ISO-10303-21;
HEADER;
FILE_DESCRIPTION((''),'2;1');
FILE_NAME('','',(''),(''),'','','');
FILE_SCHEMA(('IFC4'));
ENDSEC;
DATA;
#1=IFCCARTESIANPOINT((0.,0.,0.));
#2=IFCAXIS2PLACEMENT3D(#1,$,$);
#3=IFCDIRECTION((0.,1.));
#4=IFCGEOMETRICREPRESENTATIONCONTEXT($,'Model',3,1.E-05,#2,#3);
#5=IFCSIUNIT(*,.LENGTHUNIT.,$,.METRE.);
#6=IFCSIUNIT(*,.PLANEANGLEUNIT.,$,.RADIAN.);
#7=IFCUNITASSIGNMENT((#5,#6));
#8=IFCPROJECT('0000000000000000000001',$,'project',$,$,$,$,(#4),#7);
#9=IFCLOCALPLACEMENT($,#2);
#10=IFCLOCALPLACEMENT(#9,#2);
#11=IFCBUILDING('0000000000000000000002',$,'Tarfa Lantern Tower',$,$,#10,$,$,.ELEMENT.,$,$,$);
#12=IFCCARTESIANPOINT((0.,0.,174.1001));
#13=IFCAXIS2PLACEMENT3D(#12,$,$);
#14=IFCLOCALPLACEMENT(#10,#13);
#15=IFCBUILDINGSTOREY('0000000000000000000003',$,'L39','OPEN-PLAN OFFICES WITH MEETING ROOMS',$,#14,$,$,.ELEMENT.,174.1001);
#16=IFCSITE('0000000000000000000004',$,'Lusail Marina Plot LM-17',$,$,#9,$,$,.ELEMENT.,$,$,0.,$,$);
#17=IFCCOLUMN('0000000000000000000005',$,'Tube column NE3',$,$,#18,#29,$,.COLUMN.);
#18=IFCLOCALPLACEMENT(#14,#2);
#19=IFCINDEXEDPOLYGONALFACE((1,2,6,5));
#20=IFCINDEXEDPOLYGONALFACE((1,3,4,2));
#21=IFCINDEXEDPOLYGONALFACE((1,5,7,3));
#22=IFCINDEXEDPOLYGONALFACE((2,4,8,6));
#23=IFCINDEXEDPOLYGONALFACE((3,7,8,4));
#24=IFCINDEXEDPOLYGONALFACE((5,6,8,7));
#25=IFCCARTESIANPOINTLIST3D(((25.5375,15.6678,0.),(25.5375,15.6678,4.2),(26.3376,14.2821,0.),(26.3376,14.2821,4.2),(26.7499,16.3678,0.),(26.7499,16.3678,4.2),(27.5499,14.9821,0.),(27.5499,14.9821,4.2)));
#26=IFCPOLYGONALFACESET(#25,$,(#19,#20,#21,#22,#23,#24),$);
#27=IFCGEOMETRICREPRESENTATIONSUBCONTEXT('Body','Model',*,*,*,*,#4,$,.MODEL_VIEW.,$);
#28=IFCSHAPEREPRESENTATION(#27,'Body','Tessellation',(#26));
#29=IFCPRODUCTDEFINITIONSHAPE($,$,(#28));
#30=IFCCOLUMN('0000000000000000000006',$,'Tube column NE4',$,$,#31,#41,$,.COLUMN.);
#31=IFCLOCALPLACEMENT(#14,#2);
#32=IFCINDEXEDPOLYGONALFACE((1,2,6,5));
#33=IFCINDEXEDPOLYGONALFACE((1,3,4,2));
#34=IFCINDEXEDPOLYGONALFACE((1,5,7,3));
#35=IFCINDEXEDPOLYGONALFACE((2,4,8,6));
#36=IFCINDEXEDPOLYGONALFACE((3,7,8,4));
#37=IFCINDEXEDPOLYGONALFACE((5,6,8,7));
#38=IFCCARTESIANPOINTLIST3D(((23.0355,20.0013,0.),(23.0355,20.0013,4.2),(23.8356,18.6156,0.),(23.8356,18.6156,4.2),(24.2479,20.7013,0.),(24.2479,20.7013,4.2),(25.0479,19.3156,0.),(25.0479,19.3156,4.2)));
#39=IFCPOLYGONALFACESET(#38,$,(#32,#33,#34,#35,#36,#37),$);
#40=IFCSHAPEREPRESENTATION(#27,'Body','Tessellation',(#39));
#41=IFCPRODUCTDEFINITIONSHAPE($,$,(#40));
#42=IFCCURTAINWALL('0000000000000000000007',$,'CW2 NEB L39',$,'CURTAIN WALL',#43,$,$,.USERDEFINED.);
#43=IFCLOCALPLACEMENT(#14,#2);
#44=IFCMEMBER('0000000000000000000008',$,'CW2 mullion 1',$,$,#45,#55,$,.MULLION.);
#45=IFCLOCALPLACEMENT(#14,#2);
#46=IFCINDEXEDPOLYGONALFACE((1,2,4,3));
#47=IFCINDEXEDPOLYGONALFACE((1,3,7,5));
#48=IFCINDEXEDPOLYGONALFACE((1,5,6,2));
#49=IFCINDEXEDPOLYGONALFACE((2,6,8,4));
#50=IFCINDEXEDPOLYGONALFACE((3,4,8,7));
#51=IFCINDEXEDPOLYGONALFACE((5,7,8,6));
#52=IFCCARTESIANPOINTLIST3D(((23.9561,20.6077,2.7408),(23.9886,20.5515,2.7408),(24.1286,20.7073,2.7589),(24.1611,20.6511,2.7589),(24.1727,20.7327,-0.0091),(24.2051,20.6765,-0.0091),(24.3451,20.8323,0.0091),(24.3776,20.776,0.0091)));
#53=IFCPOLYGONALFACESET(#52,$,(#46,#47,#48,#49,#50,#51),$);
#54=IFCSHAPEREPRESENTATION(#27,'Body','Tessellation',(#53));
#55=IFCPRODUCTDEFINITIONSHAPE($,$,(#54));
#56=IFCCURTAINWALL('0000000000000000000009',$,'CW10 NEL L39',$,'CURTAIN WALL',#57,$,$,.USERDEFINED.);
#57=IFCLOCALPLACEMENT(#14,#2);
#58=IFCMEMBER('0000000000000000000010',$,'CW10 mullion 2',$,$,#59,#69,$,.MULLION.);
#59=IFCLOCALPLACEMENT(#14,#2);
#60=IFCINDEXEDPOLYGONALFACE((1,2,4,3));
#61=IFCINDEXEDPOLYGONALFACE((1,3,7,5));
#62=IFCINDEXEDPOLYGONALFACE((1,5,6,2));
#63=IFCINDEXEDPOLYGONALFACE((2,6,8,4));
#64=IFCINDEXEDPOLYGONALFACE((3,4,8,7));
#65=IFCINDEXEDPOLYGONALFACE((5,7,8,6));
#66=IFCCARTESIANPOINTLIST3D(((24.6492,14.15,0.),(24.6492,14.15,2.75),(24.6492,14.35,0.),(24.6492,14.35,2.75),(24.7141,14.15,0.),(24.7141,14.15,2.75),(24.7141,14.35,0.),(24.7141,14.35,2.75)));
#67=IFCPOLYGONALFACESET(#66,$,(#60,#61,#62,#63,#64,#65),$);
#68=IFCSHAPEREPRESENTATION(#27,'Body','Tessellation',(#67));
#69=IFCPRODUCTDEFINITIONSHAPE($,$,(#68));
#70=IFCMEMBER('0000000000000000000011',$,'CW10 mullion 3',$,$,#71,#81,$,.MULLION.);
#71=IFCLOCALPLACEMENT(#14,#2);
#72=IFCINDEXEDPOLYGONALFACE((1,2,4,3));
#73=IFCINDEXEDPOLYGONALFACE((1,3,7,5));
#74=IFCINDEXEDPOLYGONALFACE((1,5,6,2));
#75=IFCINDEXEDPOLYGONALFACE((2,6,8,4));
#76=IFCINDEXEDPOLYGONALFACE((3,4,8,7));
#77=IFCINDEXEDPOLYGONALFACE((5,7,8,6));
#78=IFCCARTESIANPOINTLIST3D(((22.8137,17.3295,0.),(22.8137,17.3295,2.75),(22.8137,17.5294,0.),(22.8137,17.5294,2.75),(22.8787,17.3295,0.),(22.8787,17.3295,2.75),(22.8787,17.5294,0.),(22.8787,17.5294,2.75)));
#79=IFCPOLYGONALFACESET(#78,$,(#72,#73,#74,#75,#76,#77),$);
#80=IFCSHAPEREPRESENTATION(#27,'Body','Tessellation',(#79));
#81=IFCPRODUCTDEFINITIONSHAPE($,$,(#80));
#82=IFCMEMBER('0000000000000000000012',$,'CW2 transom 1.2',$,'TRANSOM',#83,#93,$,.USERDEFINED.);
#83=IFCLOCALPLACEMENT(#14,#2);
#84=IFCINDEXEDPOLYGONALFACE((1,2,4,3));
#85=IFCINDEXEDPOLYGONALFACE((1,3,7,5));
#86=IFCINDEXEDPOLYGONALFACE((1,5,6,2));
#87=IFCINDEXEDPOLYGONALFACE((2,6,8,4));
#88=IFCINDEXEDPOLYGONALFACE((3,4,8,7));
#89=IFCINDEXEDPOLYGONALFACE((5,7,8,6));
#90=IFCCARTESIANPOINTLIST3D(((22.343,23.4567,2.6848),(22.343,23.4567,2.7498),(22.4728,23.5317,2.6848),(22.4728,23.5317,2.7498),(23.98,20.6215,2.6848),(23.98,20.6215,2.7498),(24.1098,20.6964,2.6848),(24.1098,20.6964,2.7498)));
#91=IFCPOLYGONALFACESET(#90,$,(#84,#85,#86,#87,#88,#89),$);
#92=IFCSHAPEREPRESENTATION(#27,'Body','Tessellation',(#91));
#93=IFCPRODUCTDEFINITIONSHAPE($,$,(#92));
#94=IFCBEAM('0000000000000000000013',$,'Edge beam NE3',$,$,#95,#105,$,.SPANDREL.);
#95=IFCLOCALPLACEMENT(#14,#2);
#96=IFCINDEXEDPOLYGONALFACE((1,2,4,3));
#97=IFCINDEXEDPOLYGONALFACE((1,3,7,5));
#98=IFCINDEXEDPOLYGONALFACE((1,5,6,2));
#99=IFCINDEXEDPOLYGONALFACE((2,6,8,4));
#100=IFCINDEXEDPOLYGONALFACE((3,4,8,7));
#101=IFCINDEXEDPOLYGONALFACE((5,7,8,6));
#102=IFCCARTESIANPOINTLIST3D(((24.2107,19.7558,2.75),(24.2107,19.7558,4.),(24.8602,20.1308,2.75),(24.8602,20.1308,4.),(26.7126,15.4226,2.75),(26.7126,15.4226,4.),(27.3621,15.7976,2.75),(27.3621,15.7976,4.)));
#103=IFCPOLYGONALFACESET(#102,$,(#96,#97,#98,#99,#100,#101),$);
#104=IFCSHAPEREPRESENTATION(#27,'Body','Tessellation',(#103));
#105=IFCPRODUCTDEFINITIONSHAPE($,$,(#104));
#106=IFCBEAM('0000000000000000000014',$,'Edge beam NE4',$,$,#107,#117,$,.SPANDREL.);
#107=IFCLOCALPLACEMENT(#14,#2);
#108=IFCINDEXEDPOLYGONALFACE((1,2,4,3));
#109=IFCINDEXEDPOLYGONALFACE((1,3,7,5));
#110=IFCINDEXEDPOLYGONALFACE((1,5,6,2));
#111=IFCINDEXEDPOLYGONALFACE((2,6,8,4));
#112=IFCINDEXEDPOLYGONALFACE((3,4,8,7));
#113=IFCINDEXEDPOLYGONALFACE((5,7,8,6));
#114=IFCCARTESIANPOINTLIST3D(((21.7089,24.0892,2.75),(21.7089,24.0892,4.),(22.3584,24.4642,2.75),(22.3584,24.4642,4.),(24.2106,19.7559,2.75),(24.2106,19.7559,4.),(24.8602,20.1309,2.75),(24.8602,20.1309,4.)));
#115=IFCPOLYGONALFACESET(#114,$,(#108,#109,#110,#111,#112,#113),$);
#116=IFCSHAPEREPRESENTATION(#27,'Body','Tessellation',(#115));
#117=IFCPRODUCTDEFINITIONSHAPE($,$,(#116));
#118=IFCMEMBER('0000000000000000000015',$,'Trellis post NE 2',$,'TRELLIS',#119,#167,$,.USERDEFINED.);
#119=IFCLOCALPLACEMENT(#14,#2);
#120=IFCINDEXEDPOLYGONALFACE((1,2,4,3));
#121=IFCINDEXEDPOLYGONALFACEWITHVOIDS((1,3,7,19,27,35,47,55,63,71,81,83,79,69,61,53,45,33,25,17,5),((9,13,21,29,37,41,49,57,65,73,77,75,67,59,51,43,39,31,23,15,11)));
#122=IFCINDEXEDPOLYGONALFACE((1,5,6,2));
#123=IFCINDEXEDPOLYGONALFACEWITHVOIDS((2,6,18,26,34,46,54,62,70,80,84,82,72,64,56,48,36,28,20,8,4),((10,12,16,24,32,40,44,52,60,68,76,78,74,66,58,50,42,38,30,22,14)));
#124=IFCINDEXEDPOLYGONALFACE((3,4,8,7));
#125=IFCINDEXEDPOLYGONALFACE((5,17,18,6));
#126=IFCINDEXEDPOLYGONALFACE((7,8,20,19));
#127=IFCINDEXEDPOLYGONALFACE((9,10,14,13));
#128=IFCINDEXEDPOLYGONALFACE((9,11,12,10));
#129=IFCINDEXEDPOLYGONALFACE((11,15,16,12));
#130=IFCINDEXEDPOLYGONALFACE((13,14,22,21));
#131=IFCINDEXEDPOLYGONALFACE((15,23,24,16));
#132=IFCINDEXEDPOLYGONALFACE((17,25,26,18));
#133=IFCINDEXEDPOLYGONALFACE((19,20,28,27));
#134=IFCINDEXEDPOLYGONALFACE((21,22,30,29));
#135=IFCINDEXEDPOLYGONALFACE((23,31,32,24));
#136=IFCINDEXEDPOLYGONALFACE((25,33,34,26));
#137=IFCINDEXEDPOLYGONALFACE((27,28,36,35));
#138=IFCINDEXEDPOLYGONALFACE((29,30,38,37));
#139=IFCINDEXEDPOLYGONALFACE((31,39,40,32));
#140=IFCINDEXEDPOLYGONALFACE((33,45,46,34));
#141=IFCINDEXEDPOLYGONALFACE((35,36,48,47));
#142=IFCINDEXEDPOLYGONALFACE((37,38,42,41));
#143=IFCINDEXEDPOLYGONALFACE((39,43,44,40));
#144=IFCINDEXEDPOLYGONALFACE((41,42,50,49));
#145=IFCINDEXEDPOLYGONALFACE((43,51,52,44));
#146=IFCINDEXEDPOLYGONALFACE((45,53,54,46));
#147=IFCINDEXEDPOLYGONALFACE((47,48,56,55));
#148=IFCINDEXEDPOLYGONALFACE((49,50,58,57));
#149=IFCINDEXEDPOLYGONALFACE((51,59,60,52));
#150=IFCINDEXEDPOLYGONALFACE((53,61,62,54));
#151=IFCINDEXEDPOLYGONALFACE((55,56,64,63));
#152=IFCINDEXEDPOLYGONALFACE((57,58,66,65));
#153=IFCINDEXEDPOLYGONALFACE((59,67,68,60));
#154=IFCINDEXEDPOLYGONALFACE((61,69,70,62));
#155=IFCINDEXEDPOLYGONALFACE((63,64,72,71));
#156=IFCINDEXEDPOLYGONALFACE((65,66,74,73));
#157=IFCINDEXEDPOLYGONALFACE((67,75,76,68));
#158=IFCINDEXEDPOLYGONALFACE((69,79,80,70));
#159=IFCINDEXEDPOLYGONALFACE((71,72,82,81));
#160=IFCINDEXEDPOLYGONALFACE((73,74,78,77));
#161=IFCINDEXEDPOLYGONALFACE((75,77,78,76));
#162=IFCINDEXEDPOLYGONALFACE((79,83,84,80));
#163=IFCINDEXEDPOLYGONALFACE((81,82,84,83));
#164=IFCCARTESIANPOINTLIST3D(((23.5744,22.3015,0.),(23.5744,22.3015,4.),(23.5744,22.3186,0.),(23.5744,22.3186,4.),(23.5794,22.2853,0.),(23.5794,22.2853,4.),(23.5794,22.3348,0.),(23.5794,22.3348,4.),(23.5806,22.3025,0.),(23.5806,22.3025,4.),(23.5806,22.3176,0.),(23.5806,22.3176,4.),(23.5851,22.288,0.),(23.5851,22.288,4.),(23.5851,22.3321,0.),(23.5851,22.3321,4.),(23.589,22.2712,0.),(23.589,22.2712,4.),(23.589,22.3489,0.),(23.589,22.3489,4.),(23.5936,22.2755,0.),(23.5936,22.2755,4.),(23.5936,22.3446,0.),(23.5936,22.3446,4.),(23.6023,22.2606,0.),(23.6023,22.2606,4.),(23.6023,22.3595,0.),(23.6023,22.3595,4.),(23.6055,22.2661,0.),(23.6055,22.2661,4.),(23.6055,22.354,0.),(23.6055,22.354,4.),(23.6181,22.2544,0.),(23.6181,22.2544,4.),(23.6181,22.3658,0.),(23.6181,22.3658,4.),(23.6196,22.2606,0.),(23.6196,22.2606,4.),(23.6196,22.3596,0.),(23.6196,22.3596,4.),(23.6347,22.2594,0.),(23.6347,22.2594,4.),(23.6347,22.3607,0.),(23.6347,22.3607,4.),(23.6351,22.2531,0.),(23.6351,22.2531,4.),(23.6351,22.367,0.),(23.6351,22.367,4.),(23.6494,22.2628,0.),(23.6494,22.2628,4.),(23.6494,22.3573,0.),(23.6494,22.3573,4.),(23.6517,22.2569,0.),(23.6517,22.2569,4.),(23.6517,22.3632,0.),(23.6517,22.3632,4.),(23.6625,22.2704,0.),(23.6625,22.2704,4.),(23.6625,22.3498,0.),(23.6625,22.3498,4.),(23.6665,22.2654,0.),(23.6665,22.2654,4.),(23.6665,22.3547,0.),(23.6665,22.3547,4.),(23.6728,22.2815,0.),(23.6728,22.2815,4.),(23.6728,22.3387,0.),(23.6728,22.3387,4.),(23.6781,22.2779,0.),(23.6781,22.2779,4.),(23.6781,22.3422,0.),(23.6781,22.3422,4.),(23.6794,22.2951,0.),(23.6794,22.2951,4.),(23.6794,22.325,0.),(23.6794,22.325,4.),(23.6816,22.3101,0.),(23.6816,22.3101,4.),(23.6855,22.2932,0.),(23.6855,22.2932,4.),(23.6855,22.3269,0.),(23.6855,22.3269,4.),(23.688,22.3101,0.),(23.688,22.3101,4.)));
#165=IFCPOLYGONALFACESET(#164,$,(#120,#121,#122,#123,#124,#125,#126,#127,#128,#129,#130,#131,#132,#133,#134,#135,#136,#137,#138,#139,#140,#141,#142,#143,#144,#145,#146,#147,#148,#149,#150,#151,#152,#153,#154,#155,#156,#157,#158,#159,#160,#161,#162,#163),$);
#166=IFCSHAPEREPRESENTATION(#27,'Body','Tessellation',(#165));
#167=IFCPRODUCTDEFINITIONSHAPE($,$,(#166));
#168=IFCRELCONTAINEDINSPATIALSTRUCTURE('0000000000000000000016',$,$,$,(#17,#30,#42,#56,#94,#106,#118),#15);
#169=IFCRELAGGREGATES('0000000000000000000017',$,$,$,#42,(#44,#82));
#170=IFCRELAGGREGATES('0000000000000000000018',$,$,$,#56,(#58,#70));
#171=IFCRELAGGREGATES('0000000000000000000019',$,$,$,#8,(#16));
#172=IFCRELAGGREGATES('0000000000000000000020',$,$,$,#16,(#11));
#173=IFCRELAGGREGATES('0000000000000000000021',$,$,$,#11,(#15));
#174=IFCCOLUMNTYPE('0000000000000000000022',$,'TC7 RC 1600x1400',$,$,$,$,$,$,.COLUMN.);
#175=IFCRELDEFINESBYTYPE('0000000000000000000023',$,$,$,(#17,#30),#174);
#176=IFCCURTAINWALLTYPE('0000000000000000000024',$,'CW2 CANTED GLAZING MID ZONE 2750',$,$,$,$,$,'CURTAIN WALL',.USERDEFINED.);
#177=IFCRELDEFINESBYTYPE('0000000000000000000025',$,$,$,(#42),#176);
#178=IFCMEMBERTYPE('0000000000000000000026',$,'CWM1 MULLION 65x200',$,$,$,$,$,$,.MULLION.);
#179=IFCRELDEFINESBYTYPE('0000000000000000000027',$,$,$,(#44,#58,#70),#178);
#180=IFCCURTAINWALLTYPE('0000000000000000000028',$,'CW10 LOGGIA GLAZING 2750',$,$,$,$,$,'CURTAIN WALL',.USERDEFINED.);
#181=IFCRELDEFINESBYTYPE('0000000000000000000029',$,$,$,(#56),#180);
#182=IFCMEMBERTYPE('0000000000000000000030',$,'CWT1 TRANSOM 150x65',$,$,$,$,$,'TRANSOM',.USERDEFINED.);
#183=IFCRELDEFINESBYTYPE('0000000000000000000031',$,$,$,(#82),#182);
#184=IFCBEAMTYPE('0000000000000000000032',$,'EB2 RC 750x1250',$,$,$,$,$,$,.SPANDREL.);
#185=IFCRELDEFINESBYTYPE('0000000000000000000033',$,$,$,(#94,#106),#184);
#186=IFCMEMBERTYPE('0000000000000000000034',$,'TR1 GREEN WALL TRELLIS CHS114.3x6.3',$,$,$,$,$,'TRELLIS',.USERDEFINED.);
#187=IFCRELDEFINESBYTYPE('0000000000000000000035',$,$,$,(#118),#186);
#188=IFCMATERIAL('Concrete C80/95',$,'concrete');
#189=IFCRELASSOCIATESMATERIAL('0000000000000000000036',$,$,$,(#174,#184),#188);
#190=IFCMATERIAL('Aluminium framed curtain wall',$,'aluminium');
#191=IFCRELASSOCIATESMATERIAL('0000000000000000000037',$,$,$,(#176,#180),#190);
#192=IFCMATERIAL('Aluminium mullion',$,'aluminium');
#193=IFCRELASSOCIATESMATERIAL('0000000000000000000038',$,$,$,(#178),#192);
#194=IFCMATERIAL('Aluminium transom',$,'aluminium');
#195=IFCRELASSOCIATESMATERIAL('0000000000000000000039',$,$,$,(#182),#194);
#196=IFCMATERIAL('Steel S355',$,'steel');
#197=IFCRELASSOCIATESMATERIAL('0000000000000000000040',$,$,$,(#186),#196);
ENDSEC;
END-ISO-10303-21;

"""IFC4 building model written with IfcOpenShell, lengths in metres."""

from ifc_helpers import new_model, si_unit, direction, frame, origin, origin_2d, place, context, subcontext, project, spatial, rectangle, hollow_circle, extrude, material, material_profile, profile_set, type_object, element, aggregate, save


model = new_model("IFC4")

# Units and contexts
model_context = context("Model", 3, precision=1e-05, world=origin(), true_north=direction((0.0, 1.0)))
body_context = subcontext(model_context, "Body", "Model", "MODEL_VIEW")
ifc_project = project(units=[si_unit("LENGTHUNIT", "METRE"), si_unit("PLANEANGLEUNIT", "RADIAN")], contexts=[model_context])

# Site, building, storey
site_placement = place(None, origin())
site = spatial("IfcSite", under=ifc_project, at=site_placement, Name="Lusail Marina Plot LM-17", CompositionType="ELEMENT", RefElevation=0.0)
building_placement = place(site_placement, origin())
building = spatial("IfcBuilding", under=site, at=building_placement, Name="Tarfa Lantern Tower", CompositionType="ELEMENT")
storey_placement = place(building_placement, frame((0.0, 0.0, 174.1001)))
storey = spatial("IfcBuildingStorey", under=building, at=storey_placement, Name="L39", Description="OPEN-PLAN OFFICES WITH MEETING ROOMS", CompositionType="ELEMENT", Elevation=174.1001)

# Columns
ifc_material_1 = material(Name="Concrete C80/95", Category="concrete")
ifc_material_profile_1 = material_profile(ifc_material_1, rectangle(XDim=1.6001, YDim=1.3999, at=origin_2d()), Name="RC 1600x1400")
ifc_profile_set_1 = profile_set([ifc_material_profile_1], Name="Concrete C80/95")
column_type = type_object("IfcColumnType", Name="TC7 RC 1600x1400", PredefinedType="COLUMN", material=ifc_profile_set_1)
for number, where, z_axis, x_axis, name in (
    (1, (26.5437, 15.325, 0.0), (0.0, 0.0, 1.0), (-0.5, 0.866025, 0.0), "Tube column NE3"),
    (2, (24.0417, 19.6584, 0.0), (0.0, 0.0, 1.0), (-0.5, 0.866025, 0.0), "Tube column NE4"),
):
    element("IfcColumn", number, at=place(storey_placement, frame(where, z_axis=z_axis, x_axis=x_axis)), inside=storey, type_object=column_type, Name=name, PredefinedType="COLUMN", context=body_context, shape_type="SweptSolid", body=[
        extrude(rectangle(XDim=1.6001, YDim=1.3999, at=origin_2d()), origin(), (0.0, 0.0, 1.0), 4.2),
    ])

# Curtain wall, member
ifc_material_2 = material(Name="Aluminium framed curtain wall", Category="aluminium")
curtain_wall_type_1 = type_object("IfcCurtainWallType", Name="CW2 CANTED GLAZING MID ZONE 2750", ElementType="CURTAIN WALL", PredefinedType="USERDEFINED", material=ifc_material_2)
curtain_wall_1_placement = place(storey_placement, origin())
curtain_wall_1 = element("IfcCurtainWall", 3, at=curtain_wall_1_placement, inside=storey, type_object=curtain_wall_type_1, Name="CW2 NEB L39", ObjectType="CURTAIN WALL", PredefinedType="USERDEFINED")
ifc_material_3 = material(Name="Aluminium mullion", Category="aluminium")
ifc_material_profile_2 = material_profile(ifc_material_3, rectangle(XDim=0.0649, YDim=0.2, at=origin_2d()), Name="AL MULLION 65x200")
ifc_profile_set_2 = profile_set([ifc_material_profile_2], Name="Aluminium mullion")
member_type_1 = type_object("IfcMemberType", Name="CWM1 MULLION 65x200", PredefinedType="MULLION", material=ifc_profile_set_2)
member_1_placement = place(storey_placement, frame((24.2751, 20.7544, 0.0), z_axis=(-0.078423, -0.045268, 0.995892), x_axis=(0.49992, -0.866072, 0.0)))
member_1 = element("IfcMember", 4, at=member_1_placement, type_object=member_type_1, Name="CW2 mullion 1", PredefinedType="MULLION", context=body_context, shape_type="SweptSolid", body=[
    extrude(rectangle(XDim=0.0649, YDim=0.2, at=origin_2d()), origin(), (0.0, 0.0, 1.0), 2.7612),
])

# Curtain wall, members
curtain_wall_type_2 = type_object("IfcCurtainWallType", Name="CW10 LOGGIA GLAZING 2750", ElementType="CURTAIN WALL", PredefinedType="USERDEFINED", material=ifc_material_2)
curtain_wall_2_placement = place(storey_placement, origin())
curtain_wall_2 = element("IfcCurtainWall", 5, at=curtain_wall_2_placement, inside=storey, type_object=curtain_wall_type_2, Name="CW10 NEL L39", ObjectType="CURTAIN WALL", PredefinedType="USERDEFINED")
member_2_placement = place(storey_placement, frame((24.6816, 14.25, 0.0), z_axis=(0.0, 0.0, 1.0), x_axis=(1.0, 0.0, 0.0)))
member_2 = element("IfcMember", 6, at=member_2_placement, type_object=member_type_1, Name="CW10 mullion 2", PredefinedType="MULLION", context=body_context, shape_type="SweptSolid", body=[
    extrude(rectangle(XDim=0.0649, YDim=0.2, at=origin_2d()), origin(), (0.0, 0.0, 1.0), 2.75),
])
member_3_placement = place(storey_placement, frame((22.8462, 17.4294, 0.0), z_axis=(0.0, 0.0, 1.0), x_axis=(1.0, 0.0, 0.0)))
member_3 = element("IfcMember", 7, at=member_3_placement, type_object=member_type_1, Name="CW10 mullion 3", PredefinedType="MULLION", context=body_context, shape_type="SweptSolid", body=[
    extrude(rectangle(XDim=0.0649, YDim=0.2, at=origin_2d()), origin(), (0.0, 0.0, 1.0), 2.75),
])

# Member
ifc_material_4 = material(Name="Aluminium transom", Category="aluminium")
ifc_material_profile_3 = material_profile(ifc_material_4, rectangle(XDim=0.1499, YDim=0.0649, at=origin_2d()), Name="AL TRANSOM 150x65")
ifc_profile_set_3 = profile_set([ifc_material_profile_3], Name="Aluminium transom")
member_type_2 = type_object("IfcMemberType", Name="CWT1 TRANSOM 150x65", ElementType="TRANSOM", PredefinedType="USERDEFINED", material=ifc_profile_set_3)
member_4_placement = place(storey_placement, frame((24.0449, 20.6589, 2.7173), z_axis=(-0.500013, 0.866018, 0.0), x_axis=(-0.866018, -0.500013, 0.0)))
member_4 = element("IfcMember", 8, at=member_4_placement, type_object=member_type_2, Name="CW2 transom 1.2", ObjectType="TRANSOM", PredefinedType="USERDEFINED", context=body_context, shape_type="SweptSolid", body=[
    extrude(rectangle(XDim=0.1499, YDim=0.0649, at=origin_2d()), origin(), (0.0, 0.0, 1.0), 3.2739),
])

# Beams
ifc_material_profile_4 = material_profile(ifc_material_1, rectangle(XDim=0.75, YDim=1.25, at=origin_2d()), Name="RC 750x1250")
ifc_profile_set_4 = profile_set([ifc_material_profile_4], Name="Concrete C80/95")
beam_type_1 = type_object("IfcBeamType", Name="EB2 RC 750x1250", PredefinedType="SPANDREL", material=ifc_profile_set_4)
for number, where, z_axis, x_axis, name in (
    (9, (27.0374, 15.6101, 3.375), (-0.500022, 0.866013, 0.0), (-0.866013, -0.500022, 0.0), "Edge beam NE3"),
    (10, (24.5354, 19.9434, 3.375), (-0.499986, 0.866034, 0.0), (-0.866034, -0.499986, 0.0), "Edge beam NE4"),
):
    element("IfcBeam", number, at=place(storey_placement, frame(where, z_axis=z_axis, x_axis=x_axis)), inside=storey, type_object=beam_type_1, Name=name, PredefinedType="SPANDREL", context=body_context, shape_type="SweptSolid", body=[
        extrude(rectangle(XDim=0.75, YDim=1.25, at=origin_2d()), origin(), (0.0, 0.0, 1.0), 5.0037),
    ])

# Member
ifc_material_5 = material(Name="Steel S355", Category="steel")
ifc_material_profile_5 = material_profile(ifc_material_5, hollow_circle(Radius=0.0571, WallThickness=0.0063, at=origin_2d()), Name="CHS114.3x6.3")
ifc_profile_set_5 = profile_set([ifc_material_profile_5], Name="Steel S355")
member_type_3 = type_object("IfcMemberType", Name="TR1 GREEN WALL TRELLIS CHS114.3x6.3", ElementType="TRELLIS", PredefinedType="USERDEFINED", material=ifc_profile_set_5)
member_5_placement = place(storey_placement, frame((23.6309, 22.3101, 0.0), z_axis=(0.0, 0.0, 1.0), x_axis=(1.0, 0.0, 0.0)))
element("IfcMember", 11, at=member_5_placement, inside=storey, type_object=member_type_3, Name="Trellis post NE 2", ObjectType="TRELLIS", PredefinedType="USERDEFINED", context=body_context, shape_type="SweptSolid", body=[
    extrude(hollow_circle(Radius=0.0571, WallThickness=0.0063, at=origin_2d()), origin(), (0.0, 0.0, 1.0), 4.0),
])

aggregate(curtain_wall_1, [member_1, member_4])
aggregate(curtain_wall_2, [member_2, member_3])

save(model, "model.ifc")
